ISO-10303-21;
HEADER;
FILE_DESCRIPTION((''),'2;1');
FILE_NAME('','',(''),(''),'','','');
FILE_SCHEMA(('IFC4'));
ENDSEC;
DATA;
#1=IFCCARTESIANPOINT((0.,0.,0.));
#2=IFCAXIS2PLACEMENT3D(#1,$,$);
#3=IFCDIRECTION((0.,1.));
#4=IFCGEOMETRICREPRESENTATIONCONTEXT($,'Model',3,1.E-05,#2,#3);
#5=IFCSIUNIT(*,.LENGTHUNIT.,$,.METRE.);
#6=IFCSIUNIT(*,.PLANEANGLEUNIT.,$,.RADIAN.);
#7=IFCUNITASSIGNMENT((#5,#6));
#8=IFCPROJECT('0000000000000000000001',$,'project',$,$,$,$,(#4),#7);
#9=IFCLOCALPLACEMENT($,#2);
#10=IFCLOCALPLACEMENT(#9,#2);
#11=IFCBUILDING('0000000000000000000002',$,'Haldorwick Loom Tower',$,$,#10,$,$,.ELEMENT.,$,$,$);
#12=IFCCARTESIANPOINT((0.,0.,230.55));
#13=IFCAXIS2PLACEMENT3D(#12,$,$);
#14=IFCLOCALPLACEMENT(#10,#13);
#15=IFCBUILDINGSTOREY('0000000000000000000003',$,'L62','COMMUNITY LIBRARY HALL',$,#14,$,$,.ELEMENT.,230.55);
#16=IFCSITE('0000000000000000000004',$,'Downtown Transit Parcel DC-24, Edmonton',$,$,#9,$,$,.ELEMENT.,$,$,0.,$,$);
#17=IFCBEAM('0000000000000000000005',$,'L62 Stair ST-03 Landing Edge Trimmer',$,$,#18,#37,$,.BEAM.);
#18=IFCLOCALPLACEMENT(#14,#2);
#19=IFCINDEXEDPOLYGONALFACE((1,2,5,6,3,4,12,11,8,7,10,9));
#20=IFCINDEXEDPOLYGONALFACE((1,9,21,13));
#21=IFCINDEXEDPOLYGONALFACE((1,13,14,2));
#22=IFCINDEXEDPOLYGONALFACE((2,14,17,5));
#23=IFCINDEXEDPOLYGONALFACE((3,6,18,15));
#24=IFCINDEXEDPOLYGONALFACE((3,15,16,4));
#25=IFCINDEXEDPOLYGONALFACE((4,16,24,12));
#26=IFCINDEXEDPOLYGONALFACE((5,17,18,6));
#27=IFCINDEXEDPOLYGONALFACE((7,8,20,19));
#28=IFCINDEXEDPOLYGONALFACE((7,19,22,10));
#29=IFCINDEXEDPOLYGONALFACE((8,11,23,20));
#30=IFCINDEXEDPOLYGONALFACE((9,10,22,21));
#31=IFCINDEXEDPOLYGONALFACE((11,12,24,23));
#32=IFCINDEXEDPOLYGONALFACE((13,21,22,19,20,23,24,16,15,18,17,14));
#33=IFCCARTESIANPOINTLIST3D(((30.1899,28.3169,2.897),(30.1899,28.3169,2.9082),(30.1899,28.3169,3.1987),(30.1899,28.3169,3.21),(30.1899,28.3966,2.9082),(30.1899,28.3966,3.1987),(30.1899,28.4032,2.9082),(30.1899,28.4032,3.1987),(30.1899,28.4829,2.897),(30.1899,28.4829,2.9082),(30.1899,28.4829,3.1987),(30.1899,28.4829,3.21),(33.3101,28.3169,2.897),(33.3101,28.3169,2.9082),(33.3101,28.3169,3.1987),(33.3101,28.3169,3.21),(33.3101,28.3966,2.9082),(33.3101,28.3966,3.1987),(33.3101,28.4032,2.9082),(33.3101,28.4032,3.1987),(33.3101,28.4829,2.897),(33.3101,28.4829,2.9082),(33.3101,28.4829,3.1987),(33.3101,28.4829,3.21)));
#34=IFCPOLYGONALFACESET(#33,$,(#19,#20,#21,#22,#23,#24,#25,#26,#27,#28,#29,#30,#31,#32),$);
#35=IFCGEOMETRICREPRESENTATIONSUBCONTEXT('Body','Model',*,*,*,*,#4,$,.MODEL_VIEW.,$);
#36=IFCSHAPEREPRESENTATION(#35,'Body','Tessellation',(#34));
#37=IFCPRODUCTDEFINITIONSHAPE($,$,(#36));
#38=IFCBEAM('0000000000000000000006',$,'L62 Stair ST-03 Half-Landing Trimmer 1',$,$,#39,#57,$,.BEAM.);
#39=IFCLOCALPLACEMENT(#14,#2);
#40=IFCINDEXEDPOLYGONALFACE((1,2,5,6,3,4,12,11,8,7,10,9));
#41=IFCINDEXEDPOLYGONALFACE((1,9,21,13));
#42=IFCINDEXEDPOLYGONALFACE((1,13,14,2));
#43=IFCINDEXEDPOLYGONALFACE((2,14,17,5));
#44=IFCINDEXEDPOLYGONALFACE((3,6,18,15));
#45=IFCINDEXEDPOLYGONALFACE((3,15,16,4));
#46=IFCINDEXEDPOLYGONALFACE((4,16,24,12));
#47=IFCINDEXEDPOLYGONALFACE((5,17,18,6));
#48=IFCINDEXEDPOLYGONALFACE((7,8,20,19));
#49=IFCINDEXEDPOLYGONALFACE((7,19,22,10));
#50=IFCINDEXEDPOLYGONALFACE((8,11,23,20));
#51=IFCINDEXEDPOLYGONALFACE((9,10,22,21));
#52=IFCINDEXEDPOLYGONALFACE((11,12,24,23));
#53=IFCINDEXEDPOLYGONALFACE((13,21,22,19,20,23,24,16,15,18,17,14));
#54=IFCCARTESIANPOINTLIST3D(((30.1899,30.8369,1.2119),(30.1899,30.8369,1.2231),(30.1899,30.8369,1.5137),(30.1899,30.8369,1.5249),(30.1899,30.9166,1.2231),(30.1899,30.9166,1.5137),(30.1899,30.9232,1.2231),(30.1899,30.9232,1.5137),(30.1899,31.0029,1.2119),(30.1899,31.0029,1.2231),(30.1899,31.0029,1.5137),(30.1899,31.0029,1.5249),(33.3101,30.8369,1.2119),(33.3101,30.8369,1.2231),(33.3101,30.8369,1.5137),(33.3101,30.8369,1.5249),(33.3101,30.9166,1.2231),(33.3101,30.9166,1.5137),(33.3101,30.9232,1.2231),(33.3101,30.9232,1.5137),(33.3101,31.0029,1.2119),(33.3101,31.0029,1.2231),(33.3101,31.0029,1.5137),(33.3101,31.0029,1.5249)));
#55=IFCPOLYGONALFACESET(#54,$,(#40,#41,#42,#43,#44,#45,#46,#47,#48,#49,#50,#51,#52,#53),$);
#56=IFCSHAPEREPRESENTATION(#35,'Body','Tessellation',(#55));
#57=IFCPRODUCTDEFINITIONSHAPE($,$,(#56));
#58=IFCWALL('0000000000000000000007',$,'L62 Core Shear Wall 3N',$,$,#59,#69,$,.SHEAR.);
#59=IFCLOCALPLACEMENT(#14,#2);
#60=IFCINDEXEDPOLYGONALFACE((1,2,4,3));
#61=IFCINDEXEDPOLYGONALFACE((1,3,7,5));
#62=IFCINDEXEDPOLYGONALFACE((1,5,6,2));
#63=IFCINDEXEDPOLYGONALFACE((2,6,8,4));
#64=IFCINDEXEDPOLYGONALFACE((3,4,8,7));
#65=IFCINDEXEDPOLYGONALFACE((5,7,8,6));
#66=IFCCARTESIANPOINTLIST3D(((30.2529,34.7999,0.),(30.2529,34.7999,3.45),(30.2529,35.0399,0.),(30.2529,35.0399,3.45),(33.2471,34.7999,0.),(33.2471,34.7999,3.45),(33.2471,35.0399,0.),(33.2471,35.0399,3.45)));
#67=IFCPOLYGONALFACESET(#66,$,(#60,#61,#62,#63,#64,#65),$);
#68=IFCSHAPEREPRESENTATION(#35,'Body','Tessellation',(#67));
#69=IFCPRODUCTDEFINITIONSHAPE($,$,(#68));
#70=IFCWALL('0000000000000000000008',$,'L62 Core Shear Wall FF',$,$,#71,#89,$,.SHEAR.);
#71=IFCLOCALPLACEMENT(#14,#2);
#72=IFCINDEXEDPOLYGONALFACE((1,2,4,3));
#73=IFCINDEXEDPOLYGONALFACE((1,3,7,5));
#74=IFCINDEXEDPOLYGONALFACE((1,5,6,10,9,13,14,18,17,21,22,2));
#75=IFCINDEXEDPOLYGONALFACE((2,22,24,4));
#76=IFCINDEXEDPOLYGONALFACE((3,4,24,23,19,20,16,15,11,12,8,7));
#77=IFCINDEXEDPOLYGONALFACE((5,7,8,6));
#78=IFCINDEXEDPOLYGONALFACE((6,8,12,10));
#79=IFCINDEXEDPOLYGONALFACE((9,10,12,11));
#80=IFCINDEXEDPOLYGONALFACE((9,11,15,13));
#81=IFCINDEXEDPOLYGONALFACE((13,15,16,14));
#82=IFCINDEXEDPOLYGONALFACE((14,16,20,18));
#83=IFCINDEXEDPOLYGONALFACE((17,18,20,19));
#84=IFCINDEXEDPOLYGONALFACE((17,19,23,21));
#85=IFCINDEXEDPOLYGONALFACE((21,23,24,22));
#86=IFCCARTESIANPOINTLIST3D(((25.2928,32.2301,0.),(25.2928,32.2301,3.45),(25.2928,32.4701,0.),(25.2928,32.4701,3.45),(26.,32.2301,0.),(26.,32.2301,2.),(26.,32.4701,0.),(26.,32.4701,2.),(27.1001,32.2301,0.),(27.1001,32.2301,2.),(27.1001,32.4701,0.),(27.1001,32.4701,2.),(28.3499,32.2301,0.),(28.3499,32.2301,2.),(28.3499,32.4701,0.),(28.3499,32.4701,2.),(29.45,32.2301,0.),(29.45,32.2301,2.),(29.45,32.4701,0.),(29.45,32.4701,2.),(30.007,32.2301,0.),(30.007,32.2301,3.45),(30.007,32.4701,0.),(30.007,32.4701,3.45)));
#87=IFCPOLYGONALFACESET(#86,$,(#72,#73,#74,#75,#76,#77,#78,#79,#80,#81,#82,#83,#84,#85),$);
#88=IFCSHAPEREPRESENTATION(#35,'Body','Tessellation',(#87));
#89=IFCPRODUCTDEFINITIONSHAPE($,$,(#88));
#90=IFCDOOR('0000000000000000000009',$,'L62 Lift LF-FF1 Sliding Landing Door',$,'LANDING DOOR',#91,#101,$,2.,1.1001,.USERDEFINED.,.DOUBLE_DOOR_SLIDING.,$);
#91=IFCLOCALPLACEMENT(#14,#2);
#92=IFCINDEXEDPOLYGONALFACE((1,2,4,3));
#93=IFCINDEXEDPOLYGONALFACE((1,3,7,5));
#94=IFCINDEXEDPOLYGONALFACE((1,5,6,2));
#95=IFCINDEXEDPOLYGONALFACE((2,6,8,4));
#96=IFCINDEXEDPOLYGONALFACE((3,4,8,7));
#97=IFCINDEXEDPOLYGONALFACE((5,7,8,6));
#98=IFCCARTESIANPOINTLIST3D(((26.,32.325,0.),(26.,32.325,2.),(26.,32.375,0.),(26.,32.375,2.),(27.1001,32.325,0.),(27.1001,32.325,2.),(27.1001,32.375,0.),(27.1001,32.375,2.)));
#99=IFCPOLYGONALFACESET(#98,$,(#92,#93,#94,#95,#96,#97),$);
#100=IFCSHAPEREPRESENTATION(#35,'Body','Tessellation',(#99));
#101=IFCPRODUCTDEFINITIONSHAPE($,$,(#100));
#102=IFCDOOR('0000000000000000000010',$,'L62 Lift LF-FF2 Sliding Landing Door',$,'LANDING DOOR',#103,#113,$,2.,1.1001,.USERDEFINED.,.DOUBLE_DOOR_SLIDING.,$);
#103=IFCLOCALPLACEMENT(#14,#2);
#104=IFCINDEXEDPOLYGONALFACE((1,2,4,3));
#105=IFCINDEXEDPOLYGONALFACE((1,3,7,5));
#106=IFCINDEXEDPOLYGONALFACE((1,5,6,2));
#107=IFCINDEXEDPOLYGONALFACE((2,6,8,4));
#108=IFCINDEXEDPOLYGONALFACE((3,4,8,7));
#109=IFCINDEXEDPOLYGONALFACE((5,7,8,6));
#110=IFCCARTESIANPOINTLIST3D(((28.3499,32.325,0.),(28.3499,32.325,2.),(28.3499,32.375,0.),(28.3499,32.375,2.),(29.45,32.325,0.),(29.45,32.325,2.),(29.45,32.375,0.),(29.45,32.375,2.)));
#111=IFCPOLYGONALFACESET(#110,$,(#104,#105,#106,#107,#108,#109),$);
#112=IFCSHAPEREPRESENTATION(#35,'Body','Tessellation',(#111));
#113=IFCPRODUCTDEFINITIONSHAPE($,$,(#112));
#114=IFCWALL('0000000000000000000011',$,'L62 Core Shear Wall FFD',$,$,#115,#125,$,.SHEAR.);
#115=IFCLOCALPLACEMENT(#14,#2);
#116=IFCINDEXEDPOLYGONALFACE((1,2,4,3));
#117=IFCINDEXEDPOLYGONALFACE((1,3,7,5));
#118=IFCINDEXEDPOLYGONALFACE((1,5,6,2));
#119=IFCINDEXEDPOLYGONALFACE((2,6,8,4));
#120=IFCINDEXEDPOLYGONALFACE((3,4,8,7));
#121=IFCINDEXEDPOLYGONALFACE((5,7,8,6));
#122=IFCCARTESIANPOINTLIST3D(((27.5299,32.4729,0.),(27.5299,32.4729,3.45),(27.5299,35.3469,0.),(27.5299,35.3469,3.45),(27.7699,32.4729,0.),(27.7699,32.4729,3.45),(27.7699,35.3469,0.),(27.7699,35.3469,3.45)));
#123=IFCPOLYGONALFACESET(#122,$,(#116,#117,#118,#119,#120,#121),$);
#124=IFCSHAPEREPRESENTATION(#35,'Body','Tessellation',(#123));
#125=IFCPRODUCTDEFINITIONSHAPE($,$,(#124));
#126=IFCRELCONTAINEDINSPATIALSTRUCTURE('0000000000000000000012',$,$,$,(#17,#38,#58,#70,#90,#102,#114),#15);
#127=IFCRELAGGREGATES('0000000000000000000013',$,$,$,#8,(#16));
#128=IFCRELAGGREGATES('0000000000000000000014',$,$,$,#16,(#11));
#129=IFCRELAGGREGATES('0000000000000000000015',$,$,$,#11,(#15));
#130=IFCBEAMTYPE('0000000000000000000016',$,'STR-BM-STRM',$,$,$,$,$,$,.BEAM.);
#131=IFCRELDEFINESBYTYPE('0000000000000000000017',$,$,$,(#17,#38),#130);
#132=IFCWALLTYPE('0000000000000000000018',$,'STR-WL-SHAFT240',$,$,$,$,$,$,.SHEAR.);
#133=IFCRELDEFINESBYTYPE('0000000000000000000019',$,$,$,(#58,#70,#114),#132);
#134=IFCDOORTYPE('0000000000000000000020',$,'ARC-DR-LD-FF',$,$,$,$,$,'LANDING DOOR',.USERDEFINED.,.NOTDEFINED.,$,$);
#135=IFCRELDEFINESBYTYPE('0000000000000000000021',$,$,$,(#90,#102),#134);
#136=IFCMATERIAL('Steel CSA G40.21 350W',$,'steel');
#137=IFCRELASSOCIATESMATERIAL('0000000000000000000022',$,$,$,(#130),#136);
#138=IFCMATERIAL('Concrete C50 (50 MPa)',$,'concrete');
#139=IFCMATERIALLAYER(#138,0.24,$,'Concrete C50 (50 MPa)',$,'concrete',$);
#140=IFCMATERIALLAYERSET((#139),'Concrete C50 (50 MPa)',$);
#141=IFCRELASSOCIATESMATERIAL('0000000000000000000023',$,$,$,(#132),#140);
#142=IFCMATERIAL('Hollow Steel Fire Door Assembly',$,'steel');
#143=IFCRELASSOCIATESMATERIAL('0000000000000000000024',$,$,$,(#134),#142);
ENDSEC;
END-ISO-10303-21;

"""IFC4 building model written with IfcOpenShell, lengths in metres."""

from ifc_helpers import new_model, si_unit, direction, frame, frame_2d, origin, origin_2d, place, context, subcontext, project, spatial, rectangle, i_section, extrude, material, layer, layer_set, material_profile, profile_set, type_object, element, fill, save


model = new_model("IFC4")

# Units and contexts
model_context = context("Model", 3, precision=1e-05, world=origin(), true_north=direction((0.0, 1.0)))
body_context = subcontext(model_context, "Body", "Model", "MODEL_VIEW")
ifc_project = project(units=[si_unit("LENGTHUNIT", "METRE"), si_unit("PLANEANGLEUNIT", "RADIAN")], contexts=[model_context])

# Site, building, storey
site_placement = place(None, origin())
site = spatial("IfcSite", under=ifc_project, at=site_placement, Name="Downtown Transit Parcel DC-24, Edmonton", CompositionType="ELEMENT", RefElevation=0.0)
building_placement = place(site_placement, origin())
building = spatial("IfcBuilding", under=site, at=building_placement, Name="Haldorwick Loom Tower", CompositionType="ELEMENT")
storey_placement = place(building_placement, frame((0.0, 0.0, 230.55)))
storey = spatial("IfcBuildingStorey", under=building, at=storey_placement, Name="L62", Description="COMMUNITY LIBRARY HALL", CompositionType="ELEMENT", Elevation=230.55)

# Beams
ifc_material_1 = material(Name="Steel CSA G40.21 350W", Category="steel")
ifc_material_profile = material_profile(ifc_material_1, i_section(OverallWidth=0.166, OverallDepth=0.313, WebThickness=0.0066, FlangeThickness=0.0112, at=origin_2d()), Name="W310X45", Category="steel")
ifc_profile_set = profile_set([ifc_material_profile], Name="Steel CSA G40.21 350W")
beam_type = type_object("IfcBeamType", Name="STR-BM-STRM", PredefinedType="BEAM", material=ifc_profile_set)
for number, where, z_axis, x_axis, name in (
    (1, (30.1899, 28.3999, 3.0535), (1.0, 0.0, 0.0), (0.0, 1.0, 0.0), "L62 Stair ST-03 Landing Edge Trimmer"),
    (2, (30.1899, 30.9199, 1.3684), (1.0, 0.0, 0.0), (0.0, 1.0, 0.0), "L62 Stair ST-03 Half-Landing Trimmer 1"),
):
    element("IfcBeam", number, at=place(storey_placement, frame(where, z_axis=z_axis, x_axis=x_axis)), inside=storey, type_object=beam_type, Name=name, PredefinedType="BEAM", context=body_context, shape_type="SweptSolid", body=[
        extrude(i_section(OverallWidth=0.166, OverallDepth=0.313, WebThickness=0.0066, FlangeThickness=0.0112, at=origin_2d()), origin(), (0.0, 0.0, 1.0), 3.1201),
    ])

# Wall
ifc_material_2 = material(Name="Concrete C50 (50 MPa)", Category="concrete")
ifc_layer = layer(ifc_material_2, 0.24, Name="Concrete C50 (50 MPa)", Category="concrete")
ifc_layer_set = layer_set([ifc_layer], Name="Concrete C50 (50 MPa)")
wall_type = type_object("IfcWallType", Name="STR-WL-SHAFT240", PredefinedType="SHEAR", material=ifc_layer_set)
wall_1_placement = place(storey_placement, frame((30.2529, 34.9199, 0.0), z_axis=(0.0, 0.0, 1.0), x_axis=(1.0, 0.0, 0.0)))
element("IfcWall", 3, at=wall_1_placement, inside=storey, type_object=wall_type, Name="L62 Core Shear Wall 3N", PredefinedType="SHEAR", context=body_context, shape_type="SweptSolid", body=[
    extrude(rectangle(XDim=2.9941, YDim=0.24, at=frame_2d((1.4971, 0.0))), origin(), (0.0, 0.0, 1.0), 3.45),
])

# Wall, openings, doors
wall_2_placement = place(storey_placement, frame((25.293, 32.3501, 0.0), z_axis=(0.0, 0.0, 1.0), x_axis=(1.0, 0.0, 0.0)))
wall_2 = element("IfcWall", 4, at=wall_2_placement, inside=storey, type_object=wall_type, Name="L62 Core Shear Wall FF", PredefinedType="SHEAR", context=body_context, shape_type="SweptSolid", body=[
    extrude(rectangle(XDim=4.7141, YDim=0.24, at=frame_2d((2.3569, 0.0))), origin(), (0.0, 0.0, 1.0), 3.45),
])
opening_1_placement = place(wall_2_placement, frame((0.707, 0.0, 0.0)))
opening_1 = element("IfcOpeningElement", 5, at=opening_1_placement, cuts=wall_2, PredefinedType="OPENING", context=body_context, shape_type="SweptSolid", body=[
    extrude(rectangle(XDim=1.1001, YDim=2.0, at=frame_2d((0.55, 1.0))), frame((0.0, 0.1299, 0.0), z_axis=(0.0, -1.0, 0.0), x_axis=(1.0, 0.0, 0.0)), (0.0, 0.0, 1.0), 0.26),
])
opening_2_placement = place(wall_2_placement, frame((3.0569, 0.0, 0.0)))
opening_2 = element("IfcOpeningElement", 6, at=opening_2_placement, cuts=wall_2, PredefinedType="OPENING", context=body_context, shape_type="SweptSolid", body=[
    extrude(rectangle(XDim=1.1001, YDim=2.0, at=frame_2d((0.55, 1.0))), frame((0.0, 0.1299, 0.0), z_axis=(0.0, -1.0, 0.0), x_axis=(1.0, 0.0, 0.0)), (0.0, 0.0, 1.0), 0.26),
])
ifc_material_3 = material(Name="Hollow Steel Fire Door Assembly", Category="steel")
door_type_1 = type_object("IfcDoorType", Name="ARC-DR-LD-FF", ElementType="LANDING DOOR", OperationType="NOTDEFINED", PredefinedType="USERDEFINED", material=ifc_material_3)
door_1_placement = place(opening_1_placement, origin())
door_1 = element("IfcDoor", 7, at=door_1_placement, inside=storey, type_object=door_type_1, Name="L62 Lift LF-FF1 Sliding Landing Door", ObjectType="LANDING DOOR", OperationType="DOUBLE_DOOR_SLIDING", OverallHeight=2.0, OverallWidth=1.1001, PredefinedType="USERDEFINED", context=body_context, shape_type="SweptSolid", body=[
    extrude(rectangle(XDim=1.1001, YDim=2.0, at=frame_2d((0.55, 1.0))), frame((0.0, 0.0249, 0.0), z_axis=(0.0, -1.0, 0.0), x_axis=(1.0, 0.0, 0.0)), (0.0, 0.0, 1.0), 0.05),
])
fill(opening_1, door_1)
door_2_placement = place(opening_2_placement, origin())
door_2 = element("IfcDoor", 8, at=door_2_placement, inside=storey, type_object=door_type_1, Name="L62 Lift LF-FF2 Sliding Landing Door", ObjectType="LANDING DOOR", OperationType="DOUBLE_DOOR_SLIDING", OverallHeight=2.0, OverallWidth=1.1001, PredefinedType="USERDEFINED", context=body_context, shape_type="SweptSolid", body=[
    extrude(rectangle(XDim=1.1001, YDim=2.0, at=frame_2d((0.55, 1.0))), frame((0.0, 0.0249, 0.0), z_axis=(0.0, -1.0, 0.0), x_axis=(1.0, 0.0, 0.0)), (0.0, 0.0, 1.0), 0.05),
])
fill(opening_2, door_2)

# Wall
wall_3_placement = place(storey_placement, frame((27.6499, 32.4729, 0.0), z_axis=(0.0, 0.0, 1.0), x_axis=(0.0, 1.0, 0.0)))
element("IfcWall", 9, at=wall_3_placement, inside=storey, type_object=wall_type, Name="L62 Core Shear Wall FFD", PredefinedType="SHEAR", context=body_context, shape_type="SweptSolid", body=[
    extrude(rectangle(XDim=2.874, YDim=0.24, at=frame_2d((1.437, 0.0))), origin(), (0.0, 0.0, 1.0), 3.45),
])

save(model, "model.ifc")
